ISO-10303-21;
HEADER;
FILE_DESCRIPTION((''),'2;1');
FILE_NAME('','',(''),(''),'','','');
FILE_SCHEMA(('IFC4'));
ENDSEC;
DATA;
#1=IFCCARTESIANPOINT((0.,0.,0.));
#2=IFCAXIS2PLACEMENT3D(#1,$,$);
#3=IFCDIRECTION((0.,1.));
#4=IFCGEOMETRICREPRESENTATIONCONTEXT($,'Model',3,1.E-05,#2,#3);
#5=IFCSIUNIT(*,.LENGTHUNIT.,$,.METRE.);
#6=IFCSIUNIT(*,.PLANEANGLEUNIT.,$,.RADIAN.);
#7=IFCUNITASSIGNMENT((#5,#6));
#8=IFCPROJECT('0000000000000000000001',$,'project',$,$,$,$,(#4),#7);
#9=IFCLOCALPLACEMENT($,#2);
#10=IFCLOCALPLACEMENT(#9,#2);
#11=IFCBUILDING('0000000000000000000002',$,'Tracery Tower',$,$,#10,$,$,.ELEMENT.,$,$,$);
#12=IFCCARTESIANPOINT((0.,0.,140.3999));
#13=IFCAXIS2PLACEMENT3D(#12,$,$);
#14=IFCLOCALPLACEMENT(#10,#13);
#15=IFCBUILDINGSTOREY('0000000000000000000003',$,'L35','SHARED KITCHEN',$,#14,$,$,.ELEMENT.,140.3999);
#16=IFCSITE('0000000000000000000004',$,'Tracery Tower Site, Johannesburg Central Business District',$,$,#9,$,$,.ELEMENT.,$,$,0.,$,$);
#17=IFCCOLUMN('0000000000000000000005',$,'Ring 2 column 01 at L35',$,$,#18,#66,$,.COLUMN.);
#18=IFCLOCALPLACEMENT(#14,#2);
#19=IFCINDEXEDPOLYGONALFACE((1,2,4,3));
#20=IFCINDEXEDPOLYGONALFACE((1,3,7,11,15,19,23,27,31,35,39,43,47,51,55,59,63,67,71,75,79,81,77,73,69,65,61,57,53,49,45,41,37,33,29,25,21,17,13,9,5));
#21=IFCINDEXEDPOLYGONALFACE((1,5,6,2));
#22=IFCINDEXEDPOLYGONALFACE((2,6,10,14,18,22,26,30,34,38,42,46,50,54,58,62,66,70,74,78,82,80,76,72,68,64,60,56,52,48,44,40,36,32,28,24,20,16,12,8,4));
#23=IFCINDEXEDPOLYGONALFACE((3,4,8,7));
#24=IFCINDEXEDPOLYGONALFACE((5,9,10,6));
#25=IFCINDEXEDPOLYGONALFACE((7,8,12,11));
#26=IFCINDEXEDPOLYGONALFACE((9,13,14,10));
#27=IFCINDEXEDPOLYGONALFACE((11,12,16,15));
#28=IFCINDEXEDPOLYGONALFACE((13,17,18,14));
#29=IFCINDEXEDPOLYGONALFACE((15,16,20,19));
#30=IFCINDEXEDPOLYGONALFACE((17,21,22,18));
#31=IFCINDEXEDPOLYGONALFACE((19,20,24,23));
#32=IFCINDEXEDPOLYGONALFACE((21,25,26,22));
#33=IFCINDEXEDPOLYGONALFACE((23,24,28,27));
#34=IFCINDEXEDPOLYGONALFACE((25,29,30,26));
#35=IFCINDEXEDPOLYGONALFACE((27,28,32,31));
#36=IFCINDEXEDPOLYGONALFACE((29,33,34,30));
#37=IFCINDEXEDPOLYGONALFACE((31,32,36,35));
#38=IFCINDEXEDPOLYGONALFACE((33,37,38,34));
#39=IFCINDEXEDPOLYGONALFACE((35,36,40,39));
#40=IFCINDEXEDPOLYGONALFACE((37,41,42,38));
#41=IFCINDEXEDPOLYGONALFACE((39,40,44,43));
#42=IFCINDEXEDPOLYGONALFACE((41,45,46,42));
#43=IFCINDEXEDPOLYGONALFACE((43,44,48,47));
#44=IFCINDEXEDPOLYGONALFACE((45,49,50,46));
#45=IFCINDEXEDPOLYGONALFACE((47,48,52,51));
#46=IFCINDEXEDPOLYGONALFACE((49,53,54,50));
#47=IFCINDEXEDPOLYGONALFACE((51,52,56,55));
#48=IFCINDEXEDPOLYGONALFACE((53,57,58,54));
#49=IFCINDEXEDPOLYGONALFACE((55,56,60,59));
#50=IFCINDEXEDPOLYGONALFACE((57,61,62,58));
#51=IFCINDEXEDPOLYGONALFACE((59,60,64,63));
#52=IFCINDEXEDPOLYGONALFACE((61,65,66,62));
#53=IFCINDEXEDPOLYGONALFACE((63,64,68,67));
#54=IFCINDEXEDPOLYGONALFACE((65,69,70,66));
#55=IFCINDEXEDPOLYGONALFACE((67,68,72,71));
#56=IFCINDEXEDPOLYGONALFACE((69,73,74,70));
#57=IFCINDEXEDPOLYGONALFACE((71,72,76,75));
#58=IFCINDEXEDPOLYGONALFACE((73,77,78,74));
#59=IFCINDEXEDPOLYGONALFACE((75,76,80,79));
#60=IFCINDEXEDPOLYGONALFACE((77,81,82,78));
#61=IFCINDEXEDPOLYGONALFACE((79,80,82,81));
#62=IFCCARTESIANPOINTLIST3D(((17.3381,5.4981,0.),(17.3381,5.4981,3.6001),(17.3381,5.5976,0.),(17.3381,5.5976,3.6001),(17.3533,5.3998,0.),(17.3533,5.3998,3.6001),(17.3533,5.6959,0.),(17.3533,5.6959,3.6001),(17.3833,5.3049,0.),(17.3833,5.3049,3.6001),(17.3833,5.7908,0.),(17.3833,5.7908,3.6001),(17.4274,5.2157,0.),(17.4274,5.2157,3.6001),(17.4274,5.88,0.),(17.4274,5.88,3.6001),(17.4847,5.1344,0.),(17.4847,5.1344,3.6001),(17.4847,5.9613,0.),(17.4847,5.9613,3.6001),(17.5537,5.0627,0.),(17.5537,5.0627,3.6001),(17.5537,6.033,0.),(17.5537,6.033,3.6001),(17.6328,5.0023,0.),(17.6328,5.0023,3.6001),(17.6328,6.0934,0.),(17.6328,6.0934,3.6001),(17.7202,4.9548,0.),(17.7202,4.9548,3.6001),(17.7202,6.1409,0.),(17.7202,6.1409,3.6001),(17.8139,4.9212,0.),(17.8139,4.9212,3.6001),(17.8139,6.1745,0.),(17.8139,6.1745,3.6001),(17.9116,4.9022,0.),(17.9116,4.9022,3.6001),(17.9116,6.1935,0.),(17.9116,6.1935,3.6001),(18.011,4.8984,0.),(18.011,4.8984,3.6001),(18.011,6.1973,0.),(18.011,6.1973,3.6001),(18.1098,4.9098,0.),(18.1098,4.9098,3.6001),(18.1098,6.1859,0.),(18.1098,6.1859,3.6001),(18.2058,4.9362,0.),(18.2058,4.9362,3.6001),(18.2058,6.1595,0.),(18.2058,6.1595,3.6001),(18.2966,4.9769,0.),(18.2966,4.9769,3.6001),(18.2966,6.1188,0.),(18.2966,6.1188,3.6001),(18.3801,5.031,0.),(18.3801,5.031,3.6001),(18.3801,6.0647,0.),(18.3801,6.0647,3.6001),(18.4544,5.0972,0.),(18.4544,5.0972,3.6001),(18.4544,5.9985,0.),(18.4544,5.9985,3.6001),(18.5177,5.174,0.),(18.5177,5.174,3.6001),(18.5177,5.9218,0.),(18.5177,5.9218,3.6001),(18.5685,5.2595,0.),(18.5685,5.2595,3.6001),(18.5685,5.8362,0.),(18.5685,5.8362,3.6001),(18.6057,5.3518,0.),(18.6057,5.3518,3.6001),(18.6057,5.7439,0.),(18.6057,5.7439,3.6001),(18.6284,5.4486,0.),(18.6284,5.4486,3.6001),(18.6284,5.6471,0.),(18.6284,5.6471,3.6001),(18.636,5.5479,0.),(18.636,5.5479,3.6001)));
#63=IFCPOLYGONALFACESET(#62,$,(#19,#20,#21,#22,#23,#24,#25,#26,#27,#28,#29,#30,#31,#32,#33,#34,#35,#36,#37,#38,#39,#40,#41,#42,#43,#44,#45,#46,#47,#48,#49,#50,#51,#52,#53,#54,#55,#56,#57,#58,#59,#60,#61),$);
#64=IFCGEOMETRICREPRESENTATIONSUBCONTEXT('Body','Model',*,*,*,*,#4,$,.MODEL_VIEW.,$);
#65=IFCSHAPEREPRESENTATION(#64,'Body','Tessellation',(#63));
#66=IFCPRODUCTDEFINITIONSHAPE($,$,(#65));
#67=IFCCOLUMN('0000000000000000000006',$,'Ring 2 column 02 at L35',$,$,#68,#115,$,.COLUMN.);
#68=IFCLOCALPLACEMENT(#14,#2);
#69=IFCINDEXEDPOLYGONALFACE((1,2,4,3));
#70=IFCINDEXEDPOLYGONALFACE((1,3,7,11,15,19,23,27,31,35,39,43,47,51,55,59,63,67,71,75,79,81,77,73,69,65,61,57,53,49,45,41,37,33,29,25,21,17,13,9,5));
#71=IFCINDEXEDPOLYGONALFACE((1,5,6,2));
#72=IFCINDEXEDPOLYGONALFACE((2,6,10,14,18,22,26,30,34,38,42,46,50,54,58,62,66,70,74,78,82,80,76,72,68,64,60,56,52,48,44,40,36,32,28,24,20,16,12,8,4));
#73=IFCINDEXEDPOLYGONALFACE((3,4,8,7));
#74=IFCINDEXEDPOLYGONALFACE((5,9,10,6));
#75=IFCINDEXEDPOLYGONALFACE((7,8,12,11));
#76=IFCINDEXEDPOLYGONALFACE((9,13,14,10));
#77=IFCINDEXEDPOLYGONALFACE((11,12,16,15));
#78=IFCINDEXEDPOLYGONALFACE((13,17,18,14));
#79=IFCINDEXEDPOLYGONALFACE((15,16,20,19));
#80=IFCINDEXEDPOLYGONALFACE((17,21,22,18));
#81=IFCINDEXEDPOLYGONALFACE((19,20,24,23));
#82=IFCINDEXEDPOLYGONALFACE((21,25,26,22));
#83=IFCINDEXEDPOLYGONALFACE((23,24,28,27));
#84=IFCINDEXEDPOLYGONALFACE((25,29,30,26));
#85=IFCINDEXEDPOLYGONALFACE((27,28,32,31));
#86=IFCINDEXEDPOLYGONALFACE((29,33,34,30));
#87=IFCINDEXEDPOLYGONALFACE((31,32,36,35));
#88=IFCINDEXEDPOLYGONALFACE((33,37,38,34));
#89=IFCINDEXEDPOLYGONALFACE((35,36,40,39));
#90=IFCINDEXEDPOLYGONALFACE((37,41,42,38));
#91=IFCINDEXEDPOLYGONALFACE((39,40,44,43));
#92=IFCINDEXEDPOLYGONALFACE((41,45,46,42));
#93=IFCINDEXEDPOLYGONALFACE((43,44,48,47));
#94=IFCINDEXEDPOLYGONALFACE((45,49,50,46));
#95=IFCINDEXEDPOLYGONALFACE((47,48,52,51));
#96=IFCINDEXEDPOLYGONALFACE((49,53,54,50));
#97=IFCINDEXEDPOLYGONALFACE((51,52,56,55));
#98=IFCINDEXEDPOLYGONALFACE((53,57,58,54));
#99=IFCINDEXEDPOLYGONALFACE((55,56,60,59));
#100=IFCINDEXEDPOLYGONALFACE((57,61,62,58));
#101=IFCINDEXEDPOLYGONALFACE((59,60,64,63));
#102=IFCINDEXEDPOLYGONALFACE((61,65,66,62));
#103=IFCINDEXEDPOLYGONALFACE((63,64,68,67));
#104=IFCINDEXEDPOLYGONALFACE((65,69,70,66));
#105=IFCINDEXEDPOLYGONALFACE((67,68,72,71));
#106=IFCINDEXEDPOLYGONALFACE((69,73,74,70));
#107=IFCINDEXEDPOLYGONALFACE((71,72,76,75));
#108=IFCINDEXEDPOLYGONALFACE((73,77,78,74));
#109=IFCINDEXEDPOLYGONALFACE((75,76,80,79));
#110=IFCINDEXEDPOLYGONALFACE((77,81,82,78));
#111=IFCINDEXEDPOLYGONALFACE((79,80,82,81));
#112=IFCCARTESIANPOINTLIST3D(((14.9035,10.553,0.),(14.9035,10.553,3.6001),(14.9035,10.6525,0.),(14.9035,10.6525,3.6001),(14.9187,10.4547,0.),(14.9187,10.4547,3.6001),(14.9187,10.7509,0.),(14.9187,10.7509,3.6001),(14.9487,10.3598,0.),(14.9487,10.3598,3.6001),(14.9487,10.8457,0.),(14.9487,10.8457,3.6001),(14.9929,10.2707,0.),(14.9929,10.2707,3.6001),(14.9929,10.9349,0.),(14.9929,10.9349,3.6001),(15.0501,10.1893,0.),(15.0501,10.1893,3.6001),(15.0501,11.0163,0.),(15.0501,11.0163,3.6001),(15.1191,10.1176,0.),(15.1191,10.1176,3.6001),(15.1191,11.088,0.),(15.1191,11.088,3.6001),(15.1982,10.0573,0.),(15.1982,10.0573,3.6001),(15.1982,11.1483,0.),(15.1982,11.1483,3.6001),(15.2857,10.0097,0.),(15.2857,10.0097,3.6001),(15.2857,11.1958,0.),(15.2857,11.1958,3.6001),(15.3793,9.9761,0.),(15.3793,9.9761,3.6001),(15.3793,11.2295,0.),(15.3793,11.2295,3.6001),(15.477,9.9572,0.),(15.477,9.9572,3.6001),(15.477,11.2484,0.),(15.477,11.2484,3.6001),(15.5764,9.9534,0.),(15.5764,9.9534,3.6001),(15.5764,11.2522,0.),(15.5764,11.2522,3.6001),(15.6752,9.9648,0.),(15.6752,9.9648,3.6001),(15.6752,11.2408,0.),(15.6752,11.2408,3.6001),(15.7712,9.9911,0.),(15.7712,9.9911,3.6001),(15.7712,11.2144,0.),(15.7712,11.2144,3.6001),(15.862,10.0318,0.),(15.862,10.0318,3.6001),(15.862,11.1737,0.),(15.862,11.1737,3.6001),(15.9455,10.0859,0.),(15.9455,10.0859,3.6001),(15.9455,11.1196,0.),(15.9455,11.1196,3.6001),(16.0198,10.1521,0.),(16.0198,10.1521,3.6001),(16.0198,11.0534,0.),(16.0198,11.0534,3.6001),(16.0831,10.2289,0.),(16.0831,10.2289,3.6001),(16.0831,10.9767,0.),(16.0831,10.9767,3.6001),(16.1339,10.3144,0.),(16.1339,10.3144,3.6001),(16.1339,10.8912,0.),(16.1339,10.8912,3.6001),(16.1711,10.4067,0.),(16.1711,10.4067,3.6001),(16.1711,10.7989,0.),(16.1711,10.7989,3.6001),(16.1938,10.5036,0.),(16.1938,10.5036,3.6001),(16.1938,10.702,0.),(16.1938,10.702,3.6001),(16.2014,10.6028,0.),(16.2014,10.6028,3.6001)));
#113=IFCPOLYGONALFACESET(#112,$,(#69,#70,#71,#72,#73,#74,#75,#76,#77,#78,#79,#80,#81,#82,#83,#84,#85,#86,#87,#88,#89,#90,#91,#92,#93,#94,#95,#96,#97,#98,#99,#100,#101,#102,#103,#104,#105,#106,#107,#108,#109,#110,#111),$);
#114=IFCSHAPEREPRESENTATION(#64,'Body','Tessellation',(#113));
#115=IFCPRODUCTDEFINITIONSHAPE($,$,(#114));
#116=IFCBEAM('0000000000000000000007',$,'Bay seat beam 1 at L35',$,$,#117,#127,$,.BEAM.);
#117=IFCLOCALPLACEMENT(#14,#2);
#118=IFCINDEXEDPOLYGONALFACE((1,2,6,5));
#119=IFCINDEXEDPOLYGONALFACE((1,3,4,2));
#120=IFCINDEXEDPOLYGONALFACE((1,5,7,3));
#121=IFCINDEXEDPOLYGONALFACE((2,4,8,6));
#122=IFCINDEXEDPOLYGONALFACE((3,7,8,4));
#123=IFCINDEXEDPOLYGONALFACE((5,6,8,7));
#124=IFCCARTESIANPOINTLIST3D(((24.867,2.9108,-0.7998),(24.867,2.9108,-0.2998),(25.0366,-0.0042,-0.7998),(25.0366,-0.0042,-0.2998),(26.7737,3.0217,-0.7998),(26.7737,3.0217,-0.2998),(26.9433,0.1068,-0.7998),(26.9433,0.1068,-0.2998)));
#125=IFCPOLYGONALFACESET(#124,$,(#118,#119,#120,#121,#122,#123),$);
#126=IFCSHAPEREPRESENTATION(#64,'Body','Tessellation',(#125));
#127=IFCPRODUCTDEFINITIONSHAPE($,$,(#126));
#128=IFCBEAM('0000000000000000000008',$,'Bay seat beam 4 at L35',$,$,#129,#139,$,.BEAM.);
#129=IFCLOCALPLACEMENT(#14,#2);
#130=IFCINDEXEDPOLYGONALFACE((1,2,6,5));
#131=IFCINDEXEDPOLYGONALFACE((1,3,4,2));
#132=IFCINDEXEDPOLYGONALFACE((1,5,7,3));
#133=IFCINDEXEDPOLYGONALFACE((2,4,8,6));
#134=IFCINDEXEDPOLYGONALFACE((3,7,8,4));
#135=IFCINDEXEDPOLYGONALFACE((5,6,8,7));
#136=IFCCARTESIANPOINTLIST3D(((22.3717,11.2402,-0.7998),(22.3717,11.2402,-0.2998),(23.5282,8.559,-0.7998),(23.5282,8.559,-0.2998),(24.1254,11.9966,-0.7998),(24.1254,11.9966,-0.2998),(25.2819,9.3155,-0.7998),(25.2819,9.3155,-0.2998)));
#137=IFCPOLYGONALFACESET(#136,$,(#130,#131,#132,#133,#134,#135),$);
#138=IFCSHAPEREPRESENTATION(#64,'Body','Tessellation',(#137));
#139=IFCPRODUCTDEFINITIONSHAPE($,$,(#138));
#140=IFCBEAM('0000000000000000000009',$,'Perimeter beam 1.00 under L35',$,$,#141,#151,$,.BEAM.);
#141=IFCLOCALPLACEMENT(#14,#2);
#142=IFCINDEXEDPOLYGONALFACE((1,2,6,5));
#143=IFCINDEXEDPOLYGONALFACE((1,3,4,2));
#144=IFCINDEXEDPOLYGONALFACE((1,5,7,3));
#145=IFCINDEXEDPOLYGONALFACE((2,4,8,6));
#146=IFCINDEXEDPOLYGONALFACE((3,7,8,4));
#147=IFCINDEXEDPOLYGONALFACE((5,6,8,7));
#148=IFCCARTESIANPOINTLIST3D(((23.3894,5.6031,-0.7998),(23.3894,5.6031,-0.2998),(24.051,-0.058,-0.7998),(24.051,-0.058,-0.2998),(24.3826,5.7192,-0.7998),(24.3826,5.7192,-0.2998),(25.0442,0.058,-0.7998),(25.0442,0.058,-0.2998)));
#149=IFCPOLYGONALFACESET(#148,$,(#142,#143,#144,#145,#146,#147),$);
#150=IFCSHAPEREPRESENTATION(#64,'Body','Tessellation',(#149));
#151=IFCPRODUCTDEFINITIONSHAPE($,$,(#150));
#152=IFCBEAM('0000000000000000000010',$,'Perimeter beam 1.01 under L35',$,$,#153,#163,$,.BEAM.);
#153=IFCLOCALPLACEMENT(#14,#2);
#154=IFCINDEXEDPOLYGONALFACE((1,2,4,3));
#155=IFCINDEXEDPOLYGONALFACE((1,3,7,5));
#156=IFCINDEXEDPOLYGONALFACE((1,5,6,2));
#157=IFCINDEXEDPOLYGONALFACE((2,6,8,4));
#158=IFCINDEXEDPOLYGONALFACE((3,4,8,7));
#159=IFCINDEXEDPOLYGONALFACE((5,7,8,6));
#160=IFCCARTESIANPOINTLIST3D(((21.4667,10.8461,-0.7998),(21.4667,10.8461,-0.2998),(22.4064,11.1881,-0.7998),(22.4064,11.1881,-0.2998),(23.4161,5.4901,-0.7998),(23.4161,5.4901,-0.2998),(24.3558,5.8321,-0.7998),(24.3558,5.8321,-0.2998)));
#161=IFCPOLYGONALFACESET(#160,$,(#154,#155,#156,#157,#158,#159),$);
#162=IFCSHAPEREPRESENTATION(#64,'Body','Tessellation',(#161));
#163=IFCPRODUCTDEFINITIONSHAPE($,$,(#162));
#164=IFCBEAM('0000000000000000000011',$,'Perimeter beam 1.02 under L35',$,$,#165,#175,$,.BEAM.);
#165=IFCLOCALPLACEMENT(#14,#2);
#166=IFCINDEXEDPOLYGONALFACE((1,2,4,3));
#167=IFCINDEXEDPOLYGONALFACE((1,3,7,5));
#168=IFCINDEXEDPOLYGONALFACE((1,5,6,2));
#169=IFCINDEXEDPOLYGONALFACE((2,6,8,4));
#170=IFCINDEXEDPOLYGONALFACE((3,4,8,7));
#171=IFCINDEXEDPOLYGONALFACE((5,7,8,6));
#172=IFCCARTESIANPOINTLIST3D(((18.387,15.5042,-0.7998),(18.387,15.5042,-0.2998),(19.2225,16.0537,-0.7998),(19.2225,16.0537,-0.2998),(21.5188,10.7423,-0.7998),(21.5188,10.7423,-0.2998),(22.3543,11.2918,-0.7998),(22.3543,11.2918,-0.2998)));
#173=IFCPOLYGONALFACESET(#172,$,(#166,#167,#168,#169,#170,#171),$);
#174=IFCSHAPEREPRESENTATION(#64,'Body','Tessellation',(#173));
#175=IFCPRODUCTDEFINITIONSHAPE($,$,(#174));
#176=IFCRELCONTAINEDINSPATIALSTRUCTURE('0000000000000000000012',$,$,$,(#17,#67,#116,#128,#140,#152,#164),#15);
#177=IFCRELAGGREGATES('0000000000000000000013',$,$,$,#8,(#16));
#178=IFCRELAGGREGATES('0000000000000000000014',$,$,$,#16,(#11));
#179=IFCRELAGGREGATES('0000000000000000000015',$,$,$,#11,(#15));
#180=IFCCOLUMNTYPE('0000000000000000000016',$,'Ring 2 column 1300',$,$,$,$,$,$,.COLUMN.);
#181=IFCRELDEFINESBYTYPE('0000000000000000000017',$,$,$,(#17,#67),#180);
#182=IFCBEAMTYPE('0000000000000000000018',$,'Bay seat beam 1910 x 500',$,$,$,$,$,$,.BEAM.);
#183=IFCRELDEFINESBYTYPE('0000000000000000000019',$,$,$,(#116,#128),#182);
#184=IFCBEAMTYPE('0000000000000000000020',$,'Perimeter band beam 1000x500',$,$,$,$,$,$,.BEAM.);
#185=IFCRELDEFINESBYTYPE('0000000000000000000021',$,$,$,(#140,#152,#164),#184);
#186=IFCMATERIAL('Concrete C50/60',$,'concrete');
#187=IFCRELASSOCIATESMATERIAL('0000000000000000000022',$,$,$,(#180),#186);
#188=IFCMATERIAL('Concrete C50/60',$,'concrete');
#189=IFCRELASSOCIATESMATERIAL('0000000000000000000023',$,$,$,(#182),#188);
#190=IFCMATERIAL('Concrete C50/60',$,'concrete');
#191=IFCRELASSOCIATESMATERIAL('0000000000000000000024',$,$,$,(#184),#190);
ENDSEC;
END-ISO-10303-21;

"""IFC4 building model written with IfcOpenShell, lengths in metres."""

from ifc_helpers import new_model, si_unit, direction, frame, origin, origin_2d, place, context, subcontext, project, spatial, rectangle, circle, extrude, material, material_profile, profile_set, type_object, element, save


model = new_model("IFC4")

# Units and contexts
model_context = context("Model", 3, precision=1e-05, world=origin(), true_north=direction((0.0, 1.0)))
body_context = subcontext(model_context, "Body", "Model", "MODEL_VIEW")
ifc_project = project(units=[si_unit("LENGTHUNIT", "METRE"), si_unit("PLANEANGLEUNIT", "RADIAN")], contexts=[model_context])

# Site, building, storey
site_placement = place(None, origin())
site = spatial("IfcSite", under=ifc_project, at=site_placement, Name="Tracery Tower Site, Johannesburg Central Business District", CompositionType="ELEMENT", RefElevation=0.0)
building_placement = place(site_placement, origin())
building = spatial("IfcBuilding", under=site, at=building_placement, Name="Tracery Tower", CompositionType="ELEMENT")
storey_placement = place(building_placement, frame((0.0, 0.0, 140.3999)))
storey = spatial("IfcBuildingStorey", under=building, at=storey_placement, Name="L35", Description="SHARED KITCHEN", CompositionType="ELEMENT", Elevation=140.3999)

# Columns
ifc_material_1 = material(Name="Concrete C50/60", Category="concrete")
ifc_material_profile_1 = material_profile(ifc_material_1, circle(Radius=0.6499, at=origin_2d()), Name="RC D1300")
ifc_profile_set_1 = profile_set([ifc_material_profile_1], Name="Concrete C50/60")
column_type_1 = type_object("IfcColumnType", Name="Ring 2 column 1300", PredefinedType="COLUMN", material=ifc_profile_set_1)
for number, where, z_axis, x_axis, name in (
    (1, (17.9861, 5.5479, 0.0), (0.0, 0.0, 1.0), (1.0, 0.0, 0.0), "Ring 2 column 01 at L35"),
    (2, (15.5515, 10.6028, 0.0), (0.0, 0.0, 1.0), (1.0, 0.0, 0.0), "Ring 2 column 02 at L35"),
):
    element("IfcColumn", number, at=place(storey_placement, frame(where, z_axis=z_axis, x_axis=x_axis)), inside=storey, type_object=column_type_1, Name=name, PredefinedType="COLUMN", context=body_context, shape_type="SweptSolid", body=[
        extrude(circle(Radius=0.6499, at=origin_2d()), origin(), (0.0, 0.0, 1.0), 3.6001),
    ])

# Beams
ifc_material_2 = material(Name="Concrete C50/60", Category="concrete")
ifc_material_profile_2 = material_profile(ifc_material_2, rectangle(XDim=1.9099, YDim=0.5, at=origin_2d()), Name="RC 1910x500")
ifc_profile_set_2 = profile_set([ifc_material_profile_2], Name="Concrete C50/60")
beam_type_1 = type_object("IfcBeamType", Name="Bay seat beam 1910 x 500", PredefinedType="BEAM", material=ifc_profile_set_2)
for number, where, z_axis, x_axis, name in (
    (3, (25.99, 0.0513, -0.5498), (-0.058109, 0.99831, 0.0), (-0.99831, -0.058109, 0.0), "Bay seat beam 1 at L35"),
    (4, (24.405, 8.9373, -0.5498), (-0.396068, 0.918221, 0.0), (-0.918221, -0.396068, 0.0), "Bay seat beam 4 at L35"),
):
    element("IfcBeam", number, at=place(storey_placement, frame(where, z_axis=z_axis, x_axis=x_axis)), inside=storey, type_object=beam_type_1, Name=name, PredefinedType="BEAM", context=body_context, shape_type="SweptSolid", body=[
        extrude(rectangle(XDim=1.9099, YDim=0.5, at=origin_2d()), origin(), (0.0, 0.0, 1.0), 2.9199),
    ])
ifc_material_3 = material(Name="Concrete C50/60", Category="concrete")
ifc_material_profile_3 = material_profile(ifc_material_3, rectangle(XDim=1.0, YDim=0.5, at=origin_2d()), Name="RC 1000x500")
ifc_profile_set_3 = profile_set([ifc_material_profile_3], Name="Concrete C50/60")
beam_type_2 = type_object("IfcBeamType", Name="Perimeter band beam 1000x500", PredefinedType="BEAM", material=ifc_profile_set_3)
for number, where, z_axis, x_axis, name in (
    (5, (24.5476, 0.0, -0.5498), (-0.116081, 0.99324, 0.0), (-0.99324, -0.116081, 0.0), "Perimeter beam 1.00 under L35"),
    (6, (23.886, 5.6611, -0.5498), (-0.342029, 0.93969, 0.0), (-0.93969, -0.342029, 0.0), "Perimeter beam 1.01 under L35"),
):
    element("IfcBeam", number, at=place(storey_placement, frame(where, z_axis=z_axis, x_axis=x_axis)), inside=storey, type_object=beam_type_2, Name=name, PredefinedType="BEAM", context=body_context, shape_type="SweptSolid", body=[
        extrude(rectangle(XDim=1.0, YDim=0.5, at=origin_2d()), origin(), (0.0, 0.0, 1.0), 5.6997),
    ])
beam_placement = place(storey_placement, frame((21.9365, 11.0171, -0.5498), z_axis=(-0.54949, 0.8355, 0.0), x_axis=(-0.8355, -0.54949, 0.0)))
element("IfcBeam", 7, at=beam_placement, inside=storey, type_object=beam_type_2, Name="Perimeter beam 1.02 under L35", PredefinedType="BEAM", context=body_context, shape_type="SweptSolid", body=[
    extrude(rectangle(XDim=1.0, YDim=0.5, at=origin_2d()), origin(), (0.0, 0.0, 1.0), 5.6995),
])

save(model, "model.ifc")
